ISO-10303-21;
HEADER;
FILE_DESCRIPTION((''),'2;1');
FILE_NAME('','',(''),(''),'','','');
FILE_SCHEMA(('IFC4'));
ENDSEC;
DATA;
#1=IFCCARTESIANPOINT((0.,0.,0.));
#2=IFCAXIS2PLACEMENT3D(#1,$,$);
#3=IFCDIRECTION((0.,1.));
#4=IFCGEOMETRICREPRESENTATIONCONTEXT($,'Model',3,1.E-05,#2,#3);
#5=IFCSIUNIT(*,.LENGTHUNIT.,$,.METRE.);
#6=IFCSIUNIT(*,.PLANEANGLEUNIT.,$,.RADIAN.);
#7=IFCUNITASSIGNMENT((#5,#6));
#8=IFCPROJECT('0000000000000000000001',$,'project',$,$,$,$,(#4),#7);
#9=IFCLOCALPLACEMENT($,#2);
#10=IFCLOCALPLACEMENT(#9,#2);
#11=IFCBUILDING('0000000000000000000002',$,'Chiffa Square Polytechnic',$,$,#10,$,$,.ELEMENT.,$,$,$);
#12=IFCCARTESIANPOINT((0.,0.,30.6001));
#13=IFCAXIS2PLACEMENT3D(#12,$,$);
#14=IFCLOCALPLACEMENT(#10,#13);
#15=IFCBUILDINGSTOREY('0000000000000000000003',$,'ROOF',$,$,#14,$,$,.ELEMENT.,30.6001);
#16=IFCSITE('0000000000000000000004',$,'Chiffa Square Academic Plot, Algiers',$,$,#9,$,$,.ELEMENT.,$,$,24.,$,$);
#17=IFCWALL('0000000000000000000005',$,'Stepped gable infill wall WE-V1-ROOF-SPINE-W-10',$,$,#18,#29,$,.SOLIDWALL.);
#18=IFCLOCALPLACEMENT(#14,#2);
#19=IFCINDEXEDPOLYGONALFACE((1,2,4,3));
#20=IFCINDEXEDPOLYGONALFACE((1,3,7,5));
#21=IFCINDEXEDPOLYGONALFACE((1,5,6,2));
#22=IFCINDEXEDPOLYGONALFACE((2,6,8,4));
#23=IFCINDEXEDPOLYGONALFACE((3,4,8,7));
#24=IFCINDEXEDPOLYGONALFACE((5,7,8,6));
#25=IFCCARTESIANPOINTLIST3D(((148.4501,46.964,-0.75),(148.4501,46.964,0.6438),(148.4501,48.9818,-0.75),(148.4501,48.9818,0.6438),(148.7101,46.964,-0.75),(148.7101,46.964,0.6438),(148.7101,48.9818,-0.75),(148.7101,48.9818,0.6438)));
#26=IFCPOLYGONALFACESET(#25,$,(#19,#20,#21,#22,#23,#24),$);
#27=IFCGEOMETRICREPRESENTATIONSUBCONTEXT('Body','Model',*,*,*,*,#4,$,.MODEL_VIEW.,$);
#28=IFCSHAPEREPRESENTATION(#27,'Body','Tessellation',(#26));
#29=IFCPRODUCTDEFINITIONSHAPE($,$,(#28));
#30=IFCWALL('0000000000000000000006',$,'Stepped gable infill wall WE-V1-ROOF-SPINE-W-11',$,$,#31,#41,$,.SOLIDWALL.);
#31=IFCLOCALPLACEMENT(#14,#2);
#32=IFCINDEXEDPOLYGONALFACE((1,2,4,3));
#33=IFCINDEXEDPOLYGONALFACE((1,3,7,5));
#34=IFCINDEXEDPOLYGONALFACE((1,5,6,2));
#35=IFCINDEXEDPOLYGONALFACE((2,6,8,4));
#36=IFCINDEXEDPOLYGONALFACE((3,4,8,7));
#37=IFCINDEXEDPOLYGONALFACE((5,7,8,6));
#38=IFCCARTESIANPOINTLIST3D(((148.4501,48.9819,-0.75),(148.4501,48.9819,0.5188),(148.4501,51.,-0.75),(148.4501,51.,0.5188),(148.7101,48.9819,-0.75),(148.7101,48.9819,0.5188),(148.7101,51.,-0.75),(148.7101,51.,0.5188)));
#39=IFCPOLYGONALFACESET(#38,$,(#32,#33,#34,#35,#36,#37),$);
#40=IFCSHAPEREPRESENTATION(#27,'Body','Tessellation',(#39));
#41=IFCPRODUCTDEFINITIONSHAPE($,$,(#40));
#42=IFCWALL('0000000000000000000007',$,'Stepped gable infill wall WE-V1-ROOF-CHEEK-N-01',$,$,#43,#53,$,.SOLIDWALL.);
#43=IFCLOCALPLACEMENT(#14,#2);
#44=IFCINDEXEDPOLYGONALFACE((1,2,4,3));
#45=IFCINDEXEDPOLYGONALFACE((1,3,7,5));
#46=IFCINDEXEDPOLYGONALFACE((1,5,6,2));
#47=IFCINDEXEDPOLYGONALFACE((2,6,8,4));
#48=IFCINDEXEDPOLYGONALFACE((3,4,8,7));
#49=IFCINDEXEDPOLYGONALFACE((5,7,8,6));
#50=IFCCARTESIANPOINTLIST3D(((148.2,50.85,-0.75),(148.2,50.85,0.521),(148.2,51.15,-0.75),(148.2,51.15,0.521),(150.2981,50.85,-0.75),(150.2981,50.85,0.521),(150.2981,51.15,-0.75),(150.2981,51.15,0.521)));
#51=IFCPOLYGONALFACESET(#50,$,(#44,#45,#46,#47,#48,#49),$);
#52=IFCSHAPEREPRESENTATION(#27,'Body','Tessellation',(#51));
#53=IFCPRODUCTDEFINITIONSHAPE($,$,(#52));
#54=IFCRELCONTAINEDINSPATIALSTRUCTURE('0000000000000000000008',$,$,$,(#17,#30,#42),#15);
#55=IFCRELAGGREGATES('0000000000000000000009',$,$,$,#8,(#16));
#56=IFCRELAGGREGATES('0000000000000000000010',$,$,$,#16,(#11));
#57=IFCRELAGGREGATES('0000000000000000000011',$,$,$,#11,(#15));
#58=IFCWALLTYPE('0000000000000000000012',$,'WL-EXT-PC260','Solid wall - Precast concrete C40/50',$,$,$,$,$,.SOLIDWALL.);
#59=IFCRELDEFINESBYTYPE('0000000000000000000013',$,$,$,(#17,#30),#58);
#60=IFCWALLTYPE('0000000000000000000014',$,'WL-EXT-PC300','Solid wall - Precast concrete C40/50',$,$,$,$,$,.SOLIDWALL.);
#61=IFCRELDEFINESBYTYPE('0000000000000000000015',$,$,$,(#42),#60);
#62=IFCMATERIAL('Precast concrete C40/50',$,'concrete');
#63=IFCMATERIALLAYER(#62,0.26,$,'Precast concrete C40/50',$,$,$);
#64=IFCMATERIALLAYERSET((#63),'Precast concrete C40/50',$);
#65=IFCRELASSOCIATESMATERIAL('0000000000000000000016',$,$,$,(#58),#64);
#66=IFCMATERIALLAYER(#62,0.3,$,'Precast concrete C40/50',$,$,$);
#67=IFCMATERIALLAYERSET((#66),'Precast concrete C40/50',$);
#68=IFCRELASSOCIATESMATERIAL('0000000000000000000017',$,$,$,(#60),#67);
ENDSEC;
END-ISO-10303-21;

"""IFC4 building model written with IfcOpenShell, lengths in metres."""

from ifc_helpers import new_model, si_unit, direction, frame, frame_2d, origin, place, context, subcontext, project, spatial, rectangle, extrude, material, layer, layer_set, type_object, element, save


model = new_model("IFC4")

# Units and contexts
model_context = context("Model", 3, precision=1e-05, world=origin(), true_north=direction((0.0, 1.0)))
body_context = subcontext(model_context, "Body", "Model", "MODEL_VIEW")
ifc_project = project(units=[si_unit("LENGTHUNIT", "METRE"), si_unit("PLANEANGLEUNIT", "RADIAN")], contexts=[model_context])

# Site, building, storey
site_placement = place(None, origin())
site = spatial("IfcSite", under=ifc_project, at=site_placement, Name="Chiffa Square Academic Plot, Algiers", CompositionType="ELEMENT", RefElevation=24.0)
building_placement = place(site_placement, origin())
building = spatial("IfcBuilding", under=site, at=building_placement, Name="Chiffa Square Polytechnic", CompositionType="ELEMENT")
storey_placement = place(building_placement, frame((0.0, 0.0, 30.6001)))
storey = spatial("IfcBuildingStorey", under=building, at=storey_placement, Name="ROOF", CompositionType="ELEMENT", Elevation=30.6001)

# Walls
ifc_material_1 = material(Name="Precast concrete C40/50", Category="concrete")
ifc_layer_1 = layer(ifc_material_1, 0.26, Name="Precast concrete C40/50")
ifc_layer_set_1 = layer_set([ifc_layer_1], Name="Precast concrete C40/50")
wall_type_1 = type_object("IfcWallType", Name="WL-EXT-PC260", Description="Solid wall - Precast concrete C40/50", PredefinedType="SOLIDWALL", material=ifc_layer_set_1)
wall_1_placement = place(storey_placement, frame((148.5801, 46.9641, -0.75), z_axis=(0.0, 0.0, 1.0), x_axis=(0.0, 1.0, 0.0)))
element("IfcWall", 1, at=wall_1_placement, inside=storey, type_object=wall_type_1, Name="Stepped gable infill wall WE-V1-ROOF-SPINE-W-10", PredefinedType="SOLIDWALL", context=body_context, shape_type="SweptSolid", body=[
    extrude(rectangle(XDim=2.0178, YDim=0.26, at=frame_2d((1.0088, 0.0))), origin(), (0.0, 0.0, 1.0), 1.3938),
])
wall_2_placement = place(storey_placement, frame((148.5801, 48.9819, -0.75), z_axis=(0.0, 0.0, 1.0), x_axis=(0.0, 1.0, 0.0)))
element("IfcWall", 2, at=wall_2_placement, inside=storey, type_object=wall_type_1, Name="Stepped gable infill wall WE-V1-ROOF-SPINE-W-11", PredefinedType="SOLIDWALL", context=body_context, shape_type="SweptSolid", body=[
    extrude(rectangle(XDim=2.0181, YDim=0.26, at=frame_2d((1.009, 0.0))), origin(), (0.0, 0.0, 1.0), 1.2688),
])
ifc_layer_2 = layer(ifc_material_1, 0.3, Name="Precast concrete C40/50")
ifc_layer_set_2 = layer_set([ifc_layer_2], Name="Precast concrete C40/50")
wall_type_2 = type_object("IfcWallType", Name="WL-EXT-PC300", Description="Solid wall - Precast concrete C40/50", PredefinedType="SOLIDWALL", material=ifc_layer_set_2)
wall_3_placement = place(storey_placement, frame((148.2, 51.0, -0.75), z_axis=(0.0, 0.0, 1.0), x_axis=(1.0, 0.0, 0.0)))
element("IfcWall", 3, at=wall_3_placement, inside=storey, type_object=wall_type_2, Name="Stepped gable infill wall WE-V1-ROOF-CHEEK-N-01", PredefinedType="SOLIDWALL", context=body_context, shape_type="SweptSolid", body=[
    extrude(rectangle(XDim=2.0981, YDim=0.3, at=frame_2d((1.0491, 0.0))), origin(), (0.0, 0.0, 1.0), 1.271),
])

save(model, "model.ifc")
